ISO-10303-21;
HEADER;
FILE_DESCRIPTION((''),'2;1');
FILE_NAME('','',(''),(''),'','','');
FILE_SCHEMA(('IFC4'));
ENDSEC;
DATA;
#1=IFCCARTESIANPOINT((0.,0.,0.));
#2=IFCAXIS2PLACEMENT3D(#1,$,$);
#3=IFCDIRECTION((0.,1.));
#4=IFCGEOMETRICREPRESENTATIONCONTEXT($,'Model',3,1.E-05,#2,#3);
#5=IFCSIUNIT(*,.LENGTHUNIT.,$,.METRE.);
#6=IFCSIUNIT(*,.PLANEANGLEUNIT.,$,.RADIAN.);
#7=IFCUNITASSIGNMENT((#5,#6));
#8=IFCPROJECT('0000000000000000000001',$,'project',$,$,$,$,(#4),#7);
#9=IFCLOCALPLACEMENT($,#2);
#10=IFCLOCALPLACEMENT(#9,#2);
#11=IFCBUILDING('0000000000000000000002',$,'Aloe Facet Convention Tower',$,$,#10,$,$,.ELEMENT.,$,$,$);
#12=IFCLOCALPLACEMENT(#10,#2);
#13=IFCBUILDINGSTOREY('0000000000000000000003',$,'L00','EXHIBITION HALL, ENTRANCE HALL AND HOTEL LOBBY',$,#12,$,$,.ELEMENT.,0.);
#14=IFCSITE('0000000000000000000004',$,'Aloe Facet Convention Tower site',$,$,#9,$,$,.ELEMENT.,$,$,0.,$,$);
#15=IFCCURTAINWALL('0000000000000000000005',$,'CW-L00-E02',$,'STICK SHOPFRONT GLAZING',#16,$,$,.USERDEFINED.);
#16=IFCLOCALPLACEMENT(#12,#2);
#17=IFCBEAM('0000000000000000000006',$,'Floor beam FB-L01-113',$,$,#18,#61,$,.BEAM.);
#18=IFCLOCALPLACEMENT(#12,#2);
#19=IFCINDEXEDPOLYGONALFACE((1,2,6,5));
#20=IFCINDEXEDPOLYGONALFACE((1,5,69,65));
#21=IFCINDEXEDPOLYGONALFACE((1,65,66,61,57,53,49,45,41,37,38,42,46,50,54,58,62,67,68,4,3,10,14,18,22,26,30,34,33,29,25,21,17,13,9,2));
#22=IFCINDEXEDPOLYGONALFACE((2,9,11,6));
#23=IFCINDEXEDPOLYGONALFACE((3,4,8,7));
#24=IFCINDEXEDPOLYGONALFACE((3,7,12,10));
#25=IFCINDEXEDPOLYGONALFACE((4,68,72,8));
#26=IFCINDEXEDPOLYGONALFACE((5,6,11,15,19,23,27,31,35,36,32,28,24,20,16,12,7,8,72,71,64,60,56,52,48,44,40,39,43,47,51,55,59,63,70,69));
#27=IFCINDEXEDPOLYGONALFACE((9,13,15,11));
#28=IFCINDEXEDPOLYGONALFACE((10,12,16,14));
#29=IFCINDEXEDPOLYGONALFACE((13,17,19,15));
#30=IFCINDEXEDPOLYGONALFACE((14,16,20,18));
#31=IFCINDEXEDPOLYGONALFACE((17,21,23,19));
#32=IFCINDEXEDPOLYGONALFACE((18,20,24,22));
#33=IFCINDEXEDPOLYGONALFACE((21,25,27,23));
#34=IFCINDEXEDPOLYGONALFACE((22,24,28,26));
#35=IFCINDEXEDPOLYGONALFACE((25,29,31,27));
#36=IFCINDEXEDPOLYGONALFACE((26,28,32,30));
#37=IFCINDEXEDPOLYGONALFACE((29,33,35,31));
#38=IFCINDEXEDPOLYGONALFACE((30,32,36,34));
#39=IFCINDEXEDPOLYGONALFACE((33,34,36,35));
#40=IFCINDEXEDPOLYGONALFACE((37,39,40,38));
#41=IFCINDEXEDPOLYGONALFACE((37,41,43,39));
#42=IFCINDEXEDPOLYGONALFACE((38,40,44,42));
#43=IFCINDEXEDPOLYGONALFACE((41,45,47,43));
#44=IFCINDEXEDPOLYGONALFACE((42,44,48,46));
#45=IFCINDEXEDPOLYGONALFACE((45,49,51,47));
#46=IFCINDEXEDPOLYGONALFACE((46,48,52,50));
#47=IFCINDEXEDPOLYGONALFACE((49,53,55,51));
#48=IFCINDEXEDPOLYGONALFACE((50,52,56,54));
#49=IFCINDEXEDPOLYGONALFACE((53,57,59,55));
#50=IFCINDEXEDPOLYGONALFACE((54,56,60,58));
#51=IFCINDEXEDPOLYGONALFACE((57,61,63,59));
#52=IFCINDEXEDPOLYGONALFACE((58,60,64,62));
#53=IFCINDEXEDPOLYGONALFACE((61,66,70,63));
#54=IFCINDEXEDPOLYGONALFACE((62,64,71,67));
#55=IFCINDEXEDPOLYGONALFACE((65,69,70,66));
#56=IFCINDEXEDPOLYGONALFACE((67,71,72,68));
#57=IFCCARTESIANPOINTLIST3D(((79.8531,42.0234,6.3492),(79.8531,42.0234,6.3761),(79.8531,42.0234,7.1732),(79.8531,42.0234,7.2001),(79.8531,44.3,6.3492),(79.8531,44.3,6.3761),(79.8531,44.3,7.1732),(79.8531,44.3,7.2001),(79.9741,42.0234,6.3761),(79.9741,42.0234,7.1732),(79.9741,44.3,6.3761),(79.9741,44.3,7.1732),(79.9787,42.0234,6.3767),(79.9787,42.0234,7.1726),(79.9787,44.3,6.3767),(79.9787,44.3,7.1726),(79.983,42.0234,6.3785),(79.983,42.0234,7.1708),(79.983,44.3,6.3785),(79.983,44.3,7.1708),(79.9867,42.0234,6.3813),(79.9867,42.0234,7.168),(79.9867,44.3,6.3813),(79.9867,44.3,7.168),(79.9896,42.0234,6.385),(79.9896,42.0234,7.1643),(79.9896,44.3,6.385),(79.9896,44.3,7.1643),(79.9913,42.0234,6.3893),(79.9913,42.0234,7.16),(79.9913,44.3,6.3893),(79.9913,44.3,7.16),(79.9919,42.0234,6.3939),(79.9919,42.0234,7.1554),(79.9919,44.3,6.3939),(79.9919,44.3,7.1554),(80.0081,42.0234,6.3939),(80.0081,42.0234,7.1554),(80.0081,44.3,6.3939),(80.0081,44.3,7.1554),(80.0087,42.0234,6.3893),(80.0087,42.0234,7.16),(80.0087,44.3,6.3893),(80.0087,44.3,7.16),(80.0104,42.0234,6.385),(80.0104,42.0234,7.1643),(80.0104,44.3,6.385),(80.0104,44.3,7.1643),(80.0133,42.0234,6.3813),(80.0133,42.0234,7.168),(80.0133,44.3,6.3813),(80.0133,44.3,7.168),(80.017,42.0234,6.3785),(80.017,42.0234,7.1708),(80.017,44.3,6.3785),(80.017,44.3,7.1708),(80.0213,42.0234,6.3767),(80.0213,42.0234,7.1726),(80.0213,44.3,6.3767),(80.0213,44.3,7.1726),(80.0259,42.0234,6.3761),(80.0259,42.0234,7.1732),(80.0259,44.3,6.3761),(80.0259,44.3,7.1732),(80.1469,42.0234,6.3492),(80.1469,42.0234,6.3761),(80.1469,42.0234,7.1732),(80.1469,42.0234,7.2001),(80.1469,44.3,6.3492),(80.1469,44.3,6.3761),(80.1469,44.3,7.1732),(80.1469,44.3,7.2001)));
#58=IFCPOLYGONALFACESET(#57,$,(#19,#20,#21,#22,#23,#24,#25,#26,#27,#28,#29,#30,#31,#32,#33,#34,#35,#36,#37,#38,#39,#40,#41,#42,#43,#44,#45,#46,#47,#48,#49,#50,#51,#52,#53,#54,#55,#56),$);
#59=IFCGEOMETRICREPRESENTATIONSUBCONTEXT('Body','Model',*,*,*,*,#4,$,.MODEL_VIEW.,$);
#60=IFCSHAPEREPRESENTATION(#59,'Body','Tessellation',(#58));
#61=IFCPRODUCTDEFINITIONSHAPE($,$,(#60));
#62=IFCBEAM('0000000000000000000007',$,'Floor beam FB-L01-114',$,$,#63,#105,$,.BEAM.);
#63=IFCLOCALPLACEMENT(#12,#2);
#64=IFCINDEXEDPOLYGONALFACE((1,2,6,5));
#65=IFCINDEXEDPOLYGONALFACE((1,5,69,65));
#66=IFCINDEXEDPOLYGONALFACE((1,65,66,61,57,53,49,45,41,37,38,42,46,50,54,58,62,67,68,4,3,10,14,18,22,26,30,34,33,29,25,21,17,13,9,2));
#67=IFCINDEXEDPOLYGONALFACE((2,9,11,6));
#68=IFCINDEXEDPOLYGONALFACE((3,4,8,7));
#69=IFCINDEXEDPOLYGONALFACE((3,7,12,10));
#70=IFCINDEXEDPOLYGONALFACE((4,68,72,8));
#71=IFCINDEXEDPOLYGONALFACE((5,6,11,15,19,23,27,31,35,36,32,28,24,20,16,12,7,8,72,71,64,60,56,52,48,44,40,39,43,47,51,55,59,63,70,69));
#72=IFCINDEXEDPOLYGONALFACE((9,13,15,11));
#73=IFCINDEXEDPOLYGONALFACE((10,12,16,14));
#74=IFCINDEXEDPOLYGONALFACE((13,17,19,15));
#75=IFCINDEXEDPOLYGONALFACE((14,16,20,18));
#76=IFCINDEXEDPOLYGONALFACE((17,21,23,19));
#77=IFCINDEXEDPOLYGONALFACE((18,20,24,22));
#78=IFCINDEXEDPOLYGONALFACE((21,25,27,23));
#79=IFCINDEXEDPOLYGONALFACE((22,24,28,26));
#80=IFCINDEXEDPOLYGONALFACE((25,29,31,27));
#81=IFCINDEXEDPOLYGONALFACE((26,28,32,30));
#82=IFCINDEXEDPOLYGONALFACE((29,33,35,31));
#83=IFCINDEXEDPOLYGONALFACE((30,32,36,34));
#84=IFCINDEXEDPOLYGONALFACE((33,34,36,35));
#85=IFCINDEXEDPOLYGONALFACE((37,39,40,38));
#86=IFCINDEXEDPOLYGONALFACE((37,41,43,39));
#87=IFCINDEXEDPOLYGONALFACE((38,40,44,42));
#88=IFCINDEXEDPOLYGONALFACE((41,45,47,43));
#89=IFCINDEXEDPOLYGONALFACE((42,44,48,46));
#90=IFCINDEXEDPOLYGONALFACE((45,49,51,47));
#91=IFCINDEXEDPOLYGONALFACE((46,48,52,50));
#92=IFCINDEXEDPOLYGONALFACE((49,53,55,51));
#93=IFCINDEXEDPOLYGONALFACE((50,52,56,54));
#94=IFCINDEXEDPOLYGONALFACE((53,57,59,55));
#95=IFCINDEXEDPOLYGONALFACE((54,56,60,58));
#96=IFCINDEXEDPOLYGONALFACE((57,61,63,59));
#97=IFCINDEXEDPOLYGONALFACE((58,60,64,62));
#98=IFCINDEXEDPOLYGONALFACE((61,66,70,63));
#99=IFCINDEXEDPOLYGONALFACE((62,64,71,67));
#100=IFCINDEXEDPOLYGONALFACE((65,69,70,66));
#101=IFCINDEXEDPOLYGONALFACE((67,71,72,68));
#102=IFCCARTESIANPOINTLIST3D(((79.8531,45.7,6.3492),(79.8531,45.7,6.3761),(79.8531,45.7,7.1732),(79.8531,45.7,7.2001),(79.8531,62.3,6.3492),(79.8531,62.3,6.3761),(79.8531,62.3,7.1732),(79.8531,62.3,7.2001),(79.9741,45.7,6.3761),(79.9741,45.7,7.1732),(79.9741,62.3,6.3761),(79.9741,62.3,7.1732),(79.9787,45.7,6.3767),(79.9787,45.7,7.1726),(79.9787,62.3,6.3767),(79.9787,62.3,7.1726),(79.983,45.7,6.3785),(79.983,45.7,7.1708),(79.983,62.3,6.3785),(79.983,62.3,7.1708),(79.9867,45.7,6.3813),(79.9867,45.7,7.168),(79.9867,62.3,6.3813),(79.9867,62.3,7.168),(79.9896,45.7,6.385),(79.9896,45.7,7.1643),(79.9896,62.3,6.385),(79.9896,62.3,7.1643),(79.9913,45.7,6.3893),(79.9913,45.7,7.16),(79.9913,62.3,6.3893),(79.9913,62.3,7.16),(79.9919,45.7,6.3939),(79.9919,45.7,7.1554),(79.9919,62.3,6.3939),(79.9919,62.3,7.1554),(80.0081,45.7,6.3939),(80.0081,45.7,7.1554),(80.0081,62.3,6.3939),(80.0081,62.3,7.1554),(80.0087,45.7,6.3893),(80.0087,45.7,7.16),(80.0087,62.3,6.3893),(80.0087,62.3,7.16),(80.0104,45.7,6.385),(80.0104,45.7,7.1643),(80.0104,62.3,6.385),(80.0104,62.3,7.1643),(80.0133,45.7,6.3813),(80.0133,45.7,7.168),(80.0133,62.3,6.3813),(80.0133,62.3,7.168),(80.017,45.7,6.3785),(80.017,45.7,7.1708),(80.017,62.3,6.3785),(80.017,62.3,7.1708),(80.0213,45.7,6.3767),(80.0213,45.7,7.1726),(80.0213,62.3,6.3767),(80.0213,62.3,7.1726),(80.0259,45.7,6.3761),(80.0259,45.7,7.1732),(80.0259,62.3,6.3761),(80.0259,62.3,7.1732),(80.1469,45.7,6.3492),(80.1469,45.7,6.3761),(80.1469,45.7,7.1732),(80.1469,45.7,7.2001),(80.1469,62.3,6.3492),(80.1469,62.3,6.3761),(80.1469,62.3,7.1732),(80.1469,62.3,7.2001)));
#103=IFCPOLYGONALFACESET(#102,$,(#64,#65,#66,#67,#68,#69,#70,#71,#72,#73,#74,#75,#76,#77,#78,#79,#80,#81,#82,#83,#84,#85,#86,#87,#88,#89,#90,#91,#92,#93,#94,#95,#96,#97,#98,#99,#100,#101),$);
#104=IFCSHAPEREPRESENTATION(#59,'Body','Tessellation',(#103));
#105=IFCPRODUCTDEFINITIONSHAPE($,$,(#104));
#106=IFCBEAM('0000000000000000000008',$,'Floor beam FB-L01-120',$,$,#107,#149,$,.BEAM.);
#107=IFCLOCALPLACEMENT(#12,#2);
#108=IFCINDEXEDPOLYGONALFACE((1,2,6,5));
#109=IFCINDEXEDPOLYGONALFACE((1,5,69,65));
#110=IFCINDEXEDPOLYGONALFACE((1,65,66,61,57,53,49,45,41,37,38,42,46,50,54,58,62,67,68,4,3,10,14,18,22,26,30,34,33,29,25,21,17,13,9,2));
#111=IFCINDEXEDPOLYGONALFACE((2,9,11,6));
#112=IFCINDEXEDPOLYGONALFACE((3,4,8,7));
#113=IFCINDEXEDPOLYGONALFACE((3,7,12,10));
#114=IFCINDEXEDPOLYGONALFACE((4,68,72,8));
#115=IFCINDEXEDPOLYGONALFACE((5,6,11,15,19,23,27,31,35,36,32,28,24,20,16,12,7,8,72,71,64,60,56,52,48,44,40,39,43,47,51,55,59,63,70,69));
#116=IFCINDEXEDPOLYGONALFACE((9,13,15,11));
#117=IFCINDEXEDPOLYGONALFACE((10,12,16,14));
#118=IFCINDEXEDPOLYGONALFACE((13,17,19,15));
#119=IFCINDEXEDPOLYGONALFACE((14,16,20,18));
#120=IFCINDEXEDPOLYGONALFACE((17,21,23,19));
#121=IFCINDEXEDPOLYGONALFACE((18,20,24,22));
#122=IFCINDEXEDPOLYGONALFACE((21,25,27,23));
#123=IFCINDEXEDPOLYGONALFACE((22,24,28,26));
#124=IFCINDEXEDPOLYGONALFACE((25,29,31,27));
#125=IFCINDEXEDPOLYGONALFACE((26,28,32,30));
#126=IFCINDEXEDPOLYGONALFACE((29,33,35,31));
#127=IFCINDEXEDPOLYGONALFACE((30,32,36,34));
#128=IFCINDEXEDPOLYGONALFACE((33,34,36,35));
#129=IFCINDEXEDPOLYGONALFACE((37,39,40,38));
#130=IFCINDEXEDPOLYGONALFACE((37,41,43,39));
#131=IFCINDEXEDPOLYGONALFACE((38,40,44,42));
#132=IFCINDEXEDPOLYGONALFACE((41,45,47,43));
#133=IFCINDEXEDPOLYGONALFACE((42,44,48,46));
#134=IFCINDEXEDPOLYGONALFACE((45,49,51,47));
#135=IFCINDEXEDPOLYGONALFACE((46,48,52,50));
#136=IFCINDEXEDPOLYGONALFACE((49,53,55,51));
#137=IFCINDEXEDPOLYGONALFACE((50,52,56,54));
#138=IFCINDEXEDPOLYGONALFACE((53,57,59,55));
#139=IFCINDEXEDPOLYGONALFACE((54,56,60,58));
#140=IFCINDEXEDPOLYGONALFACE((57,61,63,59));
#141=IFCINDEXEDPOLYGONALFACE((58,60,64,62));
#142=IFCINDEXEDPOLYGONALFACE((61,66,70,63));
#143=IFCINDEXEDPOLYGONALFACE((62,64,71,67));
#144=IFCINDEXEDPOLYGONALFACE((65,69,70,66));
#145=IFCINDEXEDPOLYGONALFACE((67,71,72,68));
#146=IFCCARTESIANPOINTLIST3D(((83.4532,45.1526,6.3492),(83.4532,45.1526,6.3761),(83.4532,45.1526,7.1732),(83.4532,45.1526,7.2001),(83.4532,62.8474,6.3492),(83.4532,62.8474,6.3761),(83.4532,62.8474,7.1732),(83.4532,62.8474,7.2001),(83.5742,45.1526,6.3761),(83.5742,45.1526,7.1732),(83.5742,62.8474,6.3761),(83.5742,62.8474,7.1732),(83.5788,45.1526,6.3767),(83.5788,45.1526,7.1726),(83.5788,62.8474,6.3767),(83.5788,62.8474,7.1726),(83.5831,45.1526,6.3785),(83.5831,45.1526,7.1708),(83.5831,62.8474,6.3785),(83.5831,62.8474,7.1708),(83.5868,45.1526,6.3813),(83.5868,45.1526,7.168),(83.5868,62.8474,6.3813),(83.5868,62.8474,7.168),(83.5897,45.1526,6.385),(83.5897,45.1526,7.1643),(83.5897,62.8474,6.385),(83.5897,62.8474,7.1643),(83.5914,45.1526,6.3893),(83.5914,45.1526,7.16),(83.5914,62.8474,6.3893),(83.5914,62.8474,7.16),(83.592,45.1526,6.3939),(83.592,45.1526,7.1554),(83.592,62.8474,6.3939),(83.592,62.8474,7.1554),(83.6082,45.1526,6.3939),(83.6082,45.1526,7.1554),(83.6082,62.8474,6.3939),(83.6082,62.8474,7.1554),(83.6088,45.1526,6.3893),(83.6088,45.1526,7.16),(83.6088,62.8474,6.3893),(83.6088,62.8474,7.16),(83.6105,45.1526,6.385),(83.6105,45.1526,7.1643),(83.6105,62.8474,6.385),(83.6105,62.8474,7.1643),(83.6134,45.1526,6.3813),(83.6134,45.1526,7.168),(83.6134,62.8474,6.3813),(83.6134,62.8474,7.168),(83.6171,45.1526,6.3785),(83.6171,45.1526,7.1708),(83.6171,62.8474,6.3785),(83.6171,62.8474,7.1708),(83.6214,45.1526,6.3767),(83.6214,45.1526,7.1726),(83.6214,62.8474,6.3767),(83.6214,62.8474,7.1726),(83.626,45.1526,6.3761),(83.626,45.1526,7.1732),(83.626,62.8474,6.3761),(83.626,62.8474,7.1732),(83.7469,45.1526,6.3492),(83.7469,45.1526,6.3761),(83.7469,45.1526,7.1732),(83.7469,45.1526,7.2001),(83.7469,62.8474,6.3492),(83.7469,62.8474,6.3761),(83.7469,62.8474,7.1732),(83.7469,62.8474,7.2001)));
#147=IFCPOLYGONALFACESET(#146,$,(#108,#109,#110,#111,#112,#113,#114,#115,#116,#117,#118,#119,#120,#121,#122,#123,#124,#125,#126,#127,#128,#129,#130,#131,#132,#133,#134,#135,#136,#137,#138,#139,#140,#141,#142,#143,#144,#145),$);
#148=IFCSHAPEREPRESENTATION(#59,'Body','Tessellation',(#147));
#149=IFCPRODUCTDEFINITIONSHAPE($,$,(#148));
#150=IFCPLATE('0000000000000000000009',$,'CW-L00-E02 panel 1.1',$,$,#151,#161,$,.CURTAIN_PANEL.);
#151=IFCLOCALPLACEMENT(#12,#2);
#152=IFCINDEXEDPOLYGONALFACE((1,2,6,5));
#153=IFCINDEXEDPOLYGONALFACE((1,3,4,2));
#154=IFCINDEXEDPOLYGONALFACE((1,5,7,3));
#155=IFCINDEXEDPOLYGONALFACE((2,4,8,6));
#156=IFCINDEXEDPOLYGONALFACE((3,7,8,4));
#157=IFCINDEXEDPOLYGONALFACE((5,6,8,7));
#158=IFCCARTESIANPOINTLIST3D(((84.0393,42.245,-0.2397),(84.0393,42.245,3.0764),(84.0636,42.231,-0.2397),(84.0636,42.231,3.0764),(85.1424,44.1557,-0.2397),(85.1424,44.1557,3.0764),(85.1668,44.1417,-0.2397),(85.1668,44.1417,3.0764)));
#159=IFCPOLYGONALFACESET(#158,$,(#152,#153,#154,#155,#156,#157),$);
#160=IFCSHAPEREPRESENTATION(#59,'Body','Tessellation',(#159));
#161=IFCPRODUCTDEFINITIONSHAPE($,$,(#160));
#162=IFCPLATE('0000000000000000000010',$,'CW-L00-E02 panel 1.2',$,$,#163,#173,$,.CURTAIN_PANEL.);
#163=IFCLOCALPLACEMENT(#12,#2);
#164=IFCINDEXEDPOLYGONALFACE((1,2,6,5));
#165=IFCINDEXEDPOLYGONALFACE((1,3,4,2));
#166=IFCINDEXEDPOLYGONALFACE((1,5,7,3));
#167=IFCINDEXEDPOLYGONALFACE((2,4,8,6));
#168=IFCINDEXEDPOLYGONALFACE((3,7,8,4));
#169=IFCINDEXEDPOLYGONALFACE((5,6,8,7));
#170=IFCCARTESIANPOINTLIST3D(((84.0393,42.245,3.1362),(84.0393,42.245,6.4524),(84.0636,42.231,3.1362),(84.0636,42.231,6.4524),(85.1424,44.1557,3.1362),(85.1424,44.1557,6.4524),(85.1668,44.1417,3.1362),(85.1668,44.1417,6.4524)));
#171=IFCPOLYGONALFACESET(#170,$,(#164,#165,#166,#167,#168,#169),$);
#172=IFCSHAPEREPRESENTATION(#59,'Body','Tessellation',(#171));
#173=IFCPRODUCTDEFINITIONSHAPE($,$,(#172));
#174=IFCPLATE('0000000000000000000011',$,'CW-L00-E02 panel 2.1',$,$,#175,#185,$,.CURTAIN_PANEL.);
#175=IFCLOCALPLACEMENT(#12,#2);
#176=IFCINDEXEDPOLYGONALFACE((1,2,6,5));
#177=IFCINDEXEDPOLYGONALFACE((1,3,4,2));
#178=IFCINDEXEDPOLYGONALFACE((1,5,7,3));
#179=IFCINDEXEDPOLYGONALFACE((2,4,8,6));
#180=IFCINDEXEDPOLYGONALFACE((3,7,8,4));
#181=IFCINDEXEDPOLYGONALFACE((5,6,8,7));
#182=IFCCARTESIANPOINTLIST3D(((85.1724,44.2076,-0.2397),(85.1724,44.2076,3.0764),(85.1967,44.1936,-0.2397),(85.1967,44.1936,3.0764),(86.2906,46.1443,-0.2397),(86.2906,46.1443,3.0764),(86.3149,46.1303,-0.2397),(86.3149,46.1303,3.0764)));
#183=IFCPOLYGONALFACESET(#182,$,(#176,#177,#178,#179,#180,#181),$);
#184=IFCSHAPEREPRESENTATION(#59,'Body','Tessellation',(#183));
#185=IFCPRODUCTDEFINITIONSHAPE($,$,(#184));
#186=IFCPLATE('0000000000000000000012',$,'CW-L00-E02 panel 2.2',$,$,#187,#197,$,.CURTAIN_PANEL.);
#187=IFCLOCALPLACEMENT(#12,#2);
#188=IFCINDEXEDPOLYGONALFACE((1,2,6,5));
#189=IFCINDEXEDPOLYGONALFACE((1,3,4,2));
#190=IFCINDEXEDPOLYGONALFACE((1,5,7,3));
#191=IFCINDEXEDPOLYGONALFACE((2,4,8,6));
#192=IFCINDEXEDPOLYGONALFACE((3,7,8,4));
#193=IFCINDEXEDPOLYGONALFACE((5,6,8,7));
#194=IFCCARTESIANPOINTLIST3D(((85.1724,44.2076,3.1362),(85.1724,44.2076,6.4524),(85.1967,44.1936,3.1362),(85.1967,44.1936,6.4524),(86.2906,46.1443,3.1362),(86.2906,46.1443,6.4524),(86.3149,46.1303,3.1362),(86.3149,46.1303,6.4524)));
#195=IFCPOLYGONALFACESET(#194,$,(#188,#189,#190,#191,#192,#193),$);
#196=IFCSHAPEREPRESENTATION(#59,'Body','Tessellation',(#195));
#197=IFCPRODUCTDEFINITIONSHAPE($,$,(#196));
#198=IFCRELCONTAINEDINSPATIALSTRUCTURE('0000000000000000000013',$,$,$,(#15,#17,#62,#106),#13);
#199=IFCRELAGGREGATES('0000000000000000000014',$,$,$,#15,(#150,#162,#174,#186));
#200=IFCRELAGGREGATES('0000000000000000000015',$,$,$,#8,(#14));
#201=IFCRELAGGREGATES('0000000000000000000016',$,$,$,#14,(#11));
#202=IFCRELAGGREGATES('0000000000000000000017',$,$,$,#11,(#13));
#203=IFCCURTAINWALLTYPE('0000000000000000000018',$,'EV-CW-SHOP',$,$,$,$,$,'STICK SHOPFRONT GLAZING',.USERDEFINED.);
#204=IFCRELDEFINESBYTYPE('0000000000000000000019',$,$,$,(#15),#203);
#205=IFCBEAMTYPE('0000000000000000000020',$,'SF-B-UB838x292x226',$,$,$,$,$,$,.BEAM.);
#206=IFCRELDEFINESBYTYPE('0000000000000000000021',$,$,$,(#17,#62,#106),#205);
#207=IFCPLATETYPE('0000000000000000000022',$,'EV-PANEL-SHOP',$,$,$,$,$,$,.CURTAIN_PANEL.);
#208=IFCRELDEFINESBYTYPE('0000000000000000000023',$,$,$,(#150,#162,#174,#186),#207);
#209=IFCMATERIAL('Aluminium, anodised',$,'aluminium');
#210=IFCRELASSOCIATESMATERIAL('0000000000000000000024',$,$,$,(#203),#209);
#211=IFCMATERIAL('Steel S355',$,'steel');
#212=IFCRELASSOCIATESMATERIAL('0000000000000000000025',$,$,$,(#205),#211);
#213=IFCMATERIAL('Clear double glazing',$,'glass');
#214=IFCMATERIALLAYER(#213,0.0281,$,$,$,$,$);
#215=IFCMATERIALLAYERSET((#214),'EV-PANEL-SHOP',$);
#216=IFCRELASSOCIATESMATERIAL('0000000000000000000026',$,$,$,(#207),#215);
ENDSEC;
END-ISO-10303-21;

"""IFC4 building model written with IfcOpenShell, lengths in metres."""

from ifc_helpers import new_model, si_unit, direction, frame, origin, origin_2d, place, context, subcontext, project, spatial, rectangle, i_section, extrude, material, layer, layer_set, material_profile, profile_set, type_object, element, aggregate, save


model = new_model("IFC4")

# Units and contexts
model_context = context("Model", 3, precision=1e-05, world=origin(), true_north=direction((0.0, 1.0)))
body_context = subcontext(model_context, "Body", "Model", "MODEL_VIEW")
ifc_project = project(units=[si_unit("LENGTHUNIT", "METRE"), si_unit("PLANEANGLEUNIT", "RADIAN")], contexts=[model_context])

# Site, building, storey
site_placement = place(None, origin())
site = spatial("IfcSite", under=ifc_project, at=site_placement, Name="Aloe Facet Convention Tower site", CompositionType="ELEMENT", RefElevation=0.0)
building_placement = place(site_placement, origin())
building = spatial("IfcBuilding", under=site, at=building_placement, Name="Aloe Facet Convention Tower", CompositionType="ELEMENT")
storey_placement = place(building_placement, origin())
storey = spatial("IfcBuildingStorey", under=building, at=storey_placement, Name="L00", Description="EXHIBITION HALL, ENTRANCE HALL AND HOTEL LOBBY", CompositionType="ELEMENT", Elevation=0.0)

# Curtain wall
ifc_material_1 = material(Name="Aluminium, anodised", Category="aluminium")
curtain_wall_type = type_object("IfcCurtainWallType", Name="EV-CW-SHOP", ElementType="STICK SHOPFRONT GLAZING", PredefinedType="USERDEFINED", material=ifc_material_1)
curtain_wall_placement = place(storey_placement, origin())
curtain_wall = element("IfcCurtainWall", 1, at=curtain_wall_placement, inside=storey, type_object=curtain_wall_type, Name="CW-L00-E02", ObjectType="STICK SHOPFRONT GLAZING", PredefinedType="USERDEFINED")

# Beams
ifc_material_2 = material(Name="Steel S355", Category="steel")
ifc_material_profile_1 = material_profile(ifc_material_2, i_section(OverallWidth=0.2937, OverallDepth=0.8508, WebThickness=0.0161, FlangeThickness=0.0269, FilletRadius=0.0178, at=origin_2d()), Name="UB 838x292x226")
ifc_profile_set_1 = profile_set([ifc_material_profile_1], Name="Steel S355")
beam_type_1 = type_object("IfcBeamType", Name="SF-B-UB838x292x226", PredefinedType="BEAM", material=ifc_profile_set_1)
beam_1_placement = place(storey_placement, frame((80.0, 42.0234, 6.7747), z_axis=(0.0, 1.0, 0.0), x_axis=(-1.0, 0.0, 0.0)))
element("IfcBeam", 2, at=beam_1_placement, inside=storey, type_object=beam_type_1, Name="Floor beam FB-L01-113", PredefinedType="BEAM", context=body_context, shape_type="SweptSolid", body=[
    extrude(i_section(OverallWidth=0.2937, OverallDepth=0.8508, WebThickness=0.0161, FlangeThickness=0.0269, FilletRadius=0.0178, at=origin_2d()), origin(), (0.0, 0.0, 1.0), 2.2766),
])
beam_2_placement = place(storey_placement, frame((80.0, 45.7, 6.7747), z_axis=(0.0, 1.0, 0.0), x_axis=(-1.0, 0.0, 0.0)))
element("IfcBeam", 3, at=beam_2_placement, inside=storey, type_object=beam_type_1, Name="Floor beam FB-L01-114", PredefinedType="BEAM", context=body_context, shape_type="SweptSolid", body=[
    extrude(i_section(OverallWidth=0.2937, OverallDepth=0.8508, WebThickness=0.0161, FlangeThickness=0.0269, FilletRadius=0.0178, at=origin_2d()), origin(), (0.0, 0.0, 1.0), 16.6001),
])
beam_3_placement = place(storey_placement, frame((83.6001, 45.1526, 6.7747), z_axis=(0.0, 1.0, 0.0), x_axis=(-1.0, 0.0, 0.0)))
element("IfcBeam", 4, at=beam_3_placement, inside=storey, type_object=beam_type_1, Name="Floor beam FB-L01-120", PredefinedType="BEAM", context=body_context, shape_type="SweptSolid", body=[
    extrude(i_section(OverallWidth=0.2937, OverallDepth=0.8508, WebThickness=0.0161, FlangeThickness=0.0269, FilletRadius=0.0178, at=origin_2d()), origin(), (0.0, 0.0, 1.0), 17.6948),
])

# Plates
ifc_material_3 = material(Name="Clear double glazing", Category="glass")
ifc_layer_1 = layer(ifc_material_3, 0.0281)
ifc_layer_set_1 = layer_set([ifc_layer_1], Name="EV-PANEL-SHOP")
plate_type = type_object("IfcPlateType", Name="EV-PANEL-SHOP", PredefinedType="CURTAIN_PANEL", material=ifc_layer_set_1)
plate_1_placement = place(storey_placement, frame((84.603, 43.1934, -0.2397), z_axis=(0.0, 0.0, 1.0), x_axis=(0.5, 0.866025, 0.0)))
plate_1 = element("IfcPlate", 5, at=plate_1_placement, type_object=plate_type, Name="CW-L00-E02 panel 1.1", PredefinedType="CURTAIN_PANEL", context=body_context, shape_type="SweptSolid", body=[
    extrude(rectangle(XDim=2.2063, YDim=0.0281, at=origin_2d()), origin(), (0.0, 0.0, 1.0), 3.3162),
])
plate_2_placement = place(storey_placement, frame((84.603, 43.1934, 3.1362), z_axis=(0.0, 0.0, 1.0), x_axis=(0.5, 0.866025, 0.0)))
plate_2 = element("IfcPlate", 6, at=plate_2_placement, type_object=plate_type, Name="CW-L00-E02 panel 1.2", PredefinedType="CURTAIN_PANEL", context=body_context, shape_type="SweptSolid", body=[
    extrude(rectangle(XDim=2.2063, YDim=0.0281, at=origin_2d()), origin(), (0.0, 0.0, 1.0), 3.3162),
])
plate_3_placement = place(storey_placement, frame((85.7437, 45.1689, -0.2397), z_axis=(0.0, 0.0, 1.0), x_axis=(0.5, 0.866025, 0.0)))
plate_3 = element("IfcPlate", 7, at=plate_3_placement, type_object=plate_type, Name="CW-L00-E02 panel 2.1", PredefinedType="CURTAIN_PANEL", context=body_context, shape_type="SweptSolid", body=[
    extrude(rectangle(XDim=2.2363, YDim=0.0281, at=origin_2d()), origin(), (0.0, 0.0, 1.0), 3.3162),
])
plate_4_placement = place(storey_placement, frame((85.7437, 45.1689, 3.1362), z_axis=(0.0, 0.0, 1.0), x_axis=(0.5, 0.866025, 0.0)))
plate_4 = element("IfcPlate", 8, at=plate_4_placement, type_object=plate_type, Name="CW-L00-E02 panel 2.2", PredefinedType="CURTAIN_PANEL", context=body_context, shape_type="SweptSolid", body=[
    extrude(rectangle(XDim=2.2363, YDim=0.0281, at=origin_2d()), origin(), (0.0, 0.0, 1.0), 3.3162),
])
aggregate(curtain_wall, [plate_1, plate_2, plate_3, plate_4])

save(model, "model.ifc")
